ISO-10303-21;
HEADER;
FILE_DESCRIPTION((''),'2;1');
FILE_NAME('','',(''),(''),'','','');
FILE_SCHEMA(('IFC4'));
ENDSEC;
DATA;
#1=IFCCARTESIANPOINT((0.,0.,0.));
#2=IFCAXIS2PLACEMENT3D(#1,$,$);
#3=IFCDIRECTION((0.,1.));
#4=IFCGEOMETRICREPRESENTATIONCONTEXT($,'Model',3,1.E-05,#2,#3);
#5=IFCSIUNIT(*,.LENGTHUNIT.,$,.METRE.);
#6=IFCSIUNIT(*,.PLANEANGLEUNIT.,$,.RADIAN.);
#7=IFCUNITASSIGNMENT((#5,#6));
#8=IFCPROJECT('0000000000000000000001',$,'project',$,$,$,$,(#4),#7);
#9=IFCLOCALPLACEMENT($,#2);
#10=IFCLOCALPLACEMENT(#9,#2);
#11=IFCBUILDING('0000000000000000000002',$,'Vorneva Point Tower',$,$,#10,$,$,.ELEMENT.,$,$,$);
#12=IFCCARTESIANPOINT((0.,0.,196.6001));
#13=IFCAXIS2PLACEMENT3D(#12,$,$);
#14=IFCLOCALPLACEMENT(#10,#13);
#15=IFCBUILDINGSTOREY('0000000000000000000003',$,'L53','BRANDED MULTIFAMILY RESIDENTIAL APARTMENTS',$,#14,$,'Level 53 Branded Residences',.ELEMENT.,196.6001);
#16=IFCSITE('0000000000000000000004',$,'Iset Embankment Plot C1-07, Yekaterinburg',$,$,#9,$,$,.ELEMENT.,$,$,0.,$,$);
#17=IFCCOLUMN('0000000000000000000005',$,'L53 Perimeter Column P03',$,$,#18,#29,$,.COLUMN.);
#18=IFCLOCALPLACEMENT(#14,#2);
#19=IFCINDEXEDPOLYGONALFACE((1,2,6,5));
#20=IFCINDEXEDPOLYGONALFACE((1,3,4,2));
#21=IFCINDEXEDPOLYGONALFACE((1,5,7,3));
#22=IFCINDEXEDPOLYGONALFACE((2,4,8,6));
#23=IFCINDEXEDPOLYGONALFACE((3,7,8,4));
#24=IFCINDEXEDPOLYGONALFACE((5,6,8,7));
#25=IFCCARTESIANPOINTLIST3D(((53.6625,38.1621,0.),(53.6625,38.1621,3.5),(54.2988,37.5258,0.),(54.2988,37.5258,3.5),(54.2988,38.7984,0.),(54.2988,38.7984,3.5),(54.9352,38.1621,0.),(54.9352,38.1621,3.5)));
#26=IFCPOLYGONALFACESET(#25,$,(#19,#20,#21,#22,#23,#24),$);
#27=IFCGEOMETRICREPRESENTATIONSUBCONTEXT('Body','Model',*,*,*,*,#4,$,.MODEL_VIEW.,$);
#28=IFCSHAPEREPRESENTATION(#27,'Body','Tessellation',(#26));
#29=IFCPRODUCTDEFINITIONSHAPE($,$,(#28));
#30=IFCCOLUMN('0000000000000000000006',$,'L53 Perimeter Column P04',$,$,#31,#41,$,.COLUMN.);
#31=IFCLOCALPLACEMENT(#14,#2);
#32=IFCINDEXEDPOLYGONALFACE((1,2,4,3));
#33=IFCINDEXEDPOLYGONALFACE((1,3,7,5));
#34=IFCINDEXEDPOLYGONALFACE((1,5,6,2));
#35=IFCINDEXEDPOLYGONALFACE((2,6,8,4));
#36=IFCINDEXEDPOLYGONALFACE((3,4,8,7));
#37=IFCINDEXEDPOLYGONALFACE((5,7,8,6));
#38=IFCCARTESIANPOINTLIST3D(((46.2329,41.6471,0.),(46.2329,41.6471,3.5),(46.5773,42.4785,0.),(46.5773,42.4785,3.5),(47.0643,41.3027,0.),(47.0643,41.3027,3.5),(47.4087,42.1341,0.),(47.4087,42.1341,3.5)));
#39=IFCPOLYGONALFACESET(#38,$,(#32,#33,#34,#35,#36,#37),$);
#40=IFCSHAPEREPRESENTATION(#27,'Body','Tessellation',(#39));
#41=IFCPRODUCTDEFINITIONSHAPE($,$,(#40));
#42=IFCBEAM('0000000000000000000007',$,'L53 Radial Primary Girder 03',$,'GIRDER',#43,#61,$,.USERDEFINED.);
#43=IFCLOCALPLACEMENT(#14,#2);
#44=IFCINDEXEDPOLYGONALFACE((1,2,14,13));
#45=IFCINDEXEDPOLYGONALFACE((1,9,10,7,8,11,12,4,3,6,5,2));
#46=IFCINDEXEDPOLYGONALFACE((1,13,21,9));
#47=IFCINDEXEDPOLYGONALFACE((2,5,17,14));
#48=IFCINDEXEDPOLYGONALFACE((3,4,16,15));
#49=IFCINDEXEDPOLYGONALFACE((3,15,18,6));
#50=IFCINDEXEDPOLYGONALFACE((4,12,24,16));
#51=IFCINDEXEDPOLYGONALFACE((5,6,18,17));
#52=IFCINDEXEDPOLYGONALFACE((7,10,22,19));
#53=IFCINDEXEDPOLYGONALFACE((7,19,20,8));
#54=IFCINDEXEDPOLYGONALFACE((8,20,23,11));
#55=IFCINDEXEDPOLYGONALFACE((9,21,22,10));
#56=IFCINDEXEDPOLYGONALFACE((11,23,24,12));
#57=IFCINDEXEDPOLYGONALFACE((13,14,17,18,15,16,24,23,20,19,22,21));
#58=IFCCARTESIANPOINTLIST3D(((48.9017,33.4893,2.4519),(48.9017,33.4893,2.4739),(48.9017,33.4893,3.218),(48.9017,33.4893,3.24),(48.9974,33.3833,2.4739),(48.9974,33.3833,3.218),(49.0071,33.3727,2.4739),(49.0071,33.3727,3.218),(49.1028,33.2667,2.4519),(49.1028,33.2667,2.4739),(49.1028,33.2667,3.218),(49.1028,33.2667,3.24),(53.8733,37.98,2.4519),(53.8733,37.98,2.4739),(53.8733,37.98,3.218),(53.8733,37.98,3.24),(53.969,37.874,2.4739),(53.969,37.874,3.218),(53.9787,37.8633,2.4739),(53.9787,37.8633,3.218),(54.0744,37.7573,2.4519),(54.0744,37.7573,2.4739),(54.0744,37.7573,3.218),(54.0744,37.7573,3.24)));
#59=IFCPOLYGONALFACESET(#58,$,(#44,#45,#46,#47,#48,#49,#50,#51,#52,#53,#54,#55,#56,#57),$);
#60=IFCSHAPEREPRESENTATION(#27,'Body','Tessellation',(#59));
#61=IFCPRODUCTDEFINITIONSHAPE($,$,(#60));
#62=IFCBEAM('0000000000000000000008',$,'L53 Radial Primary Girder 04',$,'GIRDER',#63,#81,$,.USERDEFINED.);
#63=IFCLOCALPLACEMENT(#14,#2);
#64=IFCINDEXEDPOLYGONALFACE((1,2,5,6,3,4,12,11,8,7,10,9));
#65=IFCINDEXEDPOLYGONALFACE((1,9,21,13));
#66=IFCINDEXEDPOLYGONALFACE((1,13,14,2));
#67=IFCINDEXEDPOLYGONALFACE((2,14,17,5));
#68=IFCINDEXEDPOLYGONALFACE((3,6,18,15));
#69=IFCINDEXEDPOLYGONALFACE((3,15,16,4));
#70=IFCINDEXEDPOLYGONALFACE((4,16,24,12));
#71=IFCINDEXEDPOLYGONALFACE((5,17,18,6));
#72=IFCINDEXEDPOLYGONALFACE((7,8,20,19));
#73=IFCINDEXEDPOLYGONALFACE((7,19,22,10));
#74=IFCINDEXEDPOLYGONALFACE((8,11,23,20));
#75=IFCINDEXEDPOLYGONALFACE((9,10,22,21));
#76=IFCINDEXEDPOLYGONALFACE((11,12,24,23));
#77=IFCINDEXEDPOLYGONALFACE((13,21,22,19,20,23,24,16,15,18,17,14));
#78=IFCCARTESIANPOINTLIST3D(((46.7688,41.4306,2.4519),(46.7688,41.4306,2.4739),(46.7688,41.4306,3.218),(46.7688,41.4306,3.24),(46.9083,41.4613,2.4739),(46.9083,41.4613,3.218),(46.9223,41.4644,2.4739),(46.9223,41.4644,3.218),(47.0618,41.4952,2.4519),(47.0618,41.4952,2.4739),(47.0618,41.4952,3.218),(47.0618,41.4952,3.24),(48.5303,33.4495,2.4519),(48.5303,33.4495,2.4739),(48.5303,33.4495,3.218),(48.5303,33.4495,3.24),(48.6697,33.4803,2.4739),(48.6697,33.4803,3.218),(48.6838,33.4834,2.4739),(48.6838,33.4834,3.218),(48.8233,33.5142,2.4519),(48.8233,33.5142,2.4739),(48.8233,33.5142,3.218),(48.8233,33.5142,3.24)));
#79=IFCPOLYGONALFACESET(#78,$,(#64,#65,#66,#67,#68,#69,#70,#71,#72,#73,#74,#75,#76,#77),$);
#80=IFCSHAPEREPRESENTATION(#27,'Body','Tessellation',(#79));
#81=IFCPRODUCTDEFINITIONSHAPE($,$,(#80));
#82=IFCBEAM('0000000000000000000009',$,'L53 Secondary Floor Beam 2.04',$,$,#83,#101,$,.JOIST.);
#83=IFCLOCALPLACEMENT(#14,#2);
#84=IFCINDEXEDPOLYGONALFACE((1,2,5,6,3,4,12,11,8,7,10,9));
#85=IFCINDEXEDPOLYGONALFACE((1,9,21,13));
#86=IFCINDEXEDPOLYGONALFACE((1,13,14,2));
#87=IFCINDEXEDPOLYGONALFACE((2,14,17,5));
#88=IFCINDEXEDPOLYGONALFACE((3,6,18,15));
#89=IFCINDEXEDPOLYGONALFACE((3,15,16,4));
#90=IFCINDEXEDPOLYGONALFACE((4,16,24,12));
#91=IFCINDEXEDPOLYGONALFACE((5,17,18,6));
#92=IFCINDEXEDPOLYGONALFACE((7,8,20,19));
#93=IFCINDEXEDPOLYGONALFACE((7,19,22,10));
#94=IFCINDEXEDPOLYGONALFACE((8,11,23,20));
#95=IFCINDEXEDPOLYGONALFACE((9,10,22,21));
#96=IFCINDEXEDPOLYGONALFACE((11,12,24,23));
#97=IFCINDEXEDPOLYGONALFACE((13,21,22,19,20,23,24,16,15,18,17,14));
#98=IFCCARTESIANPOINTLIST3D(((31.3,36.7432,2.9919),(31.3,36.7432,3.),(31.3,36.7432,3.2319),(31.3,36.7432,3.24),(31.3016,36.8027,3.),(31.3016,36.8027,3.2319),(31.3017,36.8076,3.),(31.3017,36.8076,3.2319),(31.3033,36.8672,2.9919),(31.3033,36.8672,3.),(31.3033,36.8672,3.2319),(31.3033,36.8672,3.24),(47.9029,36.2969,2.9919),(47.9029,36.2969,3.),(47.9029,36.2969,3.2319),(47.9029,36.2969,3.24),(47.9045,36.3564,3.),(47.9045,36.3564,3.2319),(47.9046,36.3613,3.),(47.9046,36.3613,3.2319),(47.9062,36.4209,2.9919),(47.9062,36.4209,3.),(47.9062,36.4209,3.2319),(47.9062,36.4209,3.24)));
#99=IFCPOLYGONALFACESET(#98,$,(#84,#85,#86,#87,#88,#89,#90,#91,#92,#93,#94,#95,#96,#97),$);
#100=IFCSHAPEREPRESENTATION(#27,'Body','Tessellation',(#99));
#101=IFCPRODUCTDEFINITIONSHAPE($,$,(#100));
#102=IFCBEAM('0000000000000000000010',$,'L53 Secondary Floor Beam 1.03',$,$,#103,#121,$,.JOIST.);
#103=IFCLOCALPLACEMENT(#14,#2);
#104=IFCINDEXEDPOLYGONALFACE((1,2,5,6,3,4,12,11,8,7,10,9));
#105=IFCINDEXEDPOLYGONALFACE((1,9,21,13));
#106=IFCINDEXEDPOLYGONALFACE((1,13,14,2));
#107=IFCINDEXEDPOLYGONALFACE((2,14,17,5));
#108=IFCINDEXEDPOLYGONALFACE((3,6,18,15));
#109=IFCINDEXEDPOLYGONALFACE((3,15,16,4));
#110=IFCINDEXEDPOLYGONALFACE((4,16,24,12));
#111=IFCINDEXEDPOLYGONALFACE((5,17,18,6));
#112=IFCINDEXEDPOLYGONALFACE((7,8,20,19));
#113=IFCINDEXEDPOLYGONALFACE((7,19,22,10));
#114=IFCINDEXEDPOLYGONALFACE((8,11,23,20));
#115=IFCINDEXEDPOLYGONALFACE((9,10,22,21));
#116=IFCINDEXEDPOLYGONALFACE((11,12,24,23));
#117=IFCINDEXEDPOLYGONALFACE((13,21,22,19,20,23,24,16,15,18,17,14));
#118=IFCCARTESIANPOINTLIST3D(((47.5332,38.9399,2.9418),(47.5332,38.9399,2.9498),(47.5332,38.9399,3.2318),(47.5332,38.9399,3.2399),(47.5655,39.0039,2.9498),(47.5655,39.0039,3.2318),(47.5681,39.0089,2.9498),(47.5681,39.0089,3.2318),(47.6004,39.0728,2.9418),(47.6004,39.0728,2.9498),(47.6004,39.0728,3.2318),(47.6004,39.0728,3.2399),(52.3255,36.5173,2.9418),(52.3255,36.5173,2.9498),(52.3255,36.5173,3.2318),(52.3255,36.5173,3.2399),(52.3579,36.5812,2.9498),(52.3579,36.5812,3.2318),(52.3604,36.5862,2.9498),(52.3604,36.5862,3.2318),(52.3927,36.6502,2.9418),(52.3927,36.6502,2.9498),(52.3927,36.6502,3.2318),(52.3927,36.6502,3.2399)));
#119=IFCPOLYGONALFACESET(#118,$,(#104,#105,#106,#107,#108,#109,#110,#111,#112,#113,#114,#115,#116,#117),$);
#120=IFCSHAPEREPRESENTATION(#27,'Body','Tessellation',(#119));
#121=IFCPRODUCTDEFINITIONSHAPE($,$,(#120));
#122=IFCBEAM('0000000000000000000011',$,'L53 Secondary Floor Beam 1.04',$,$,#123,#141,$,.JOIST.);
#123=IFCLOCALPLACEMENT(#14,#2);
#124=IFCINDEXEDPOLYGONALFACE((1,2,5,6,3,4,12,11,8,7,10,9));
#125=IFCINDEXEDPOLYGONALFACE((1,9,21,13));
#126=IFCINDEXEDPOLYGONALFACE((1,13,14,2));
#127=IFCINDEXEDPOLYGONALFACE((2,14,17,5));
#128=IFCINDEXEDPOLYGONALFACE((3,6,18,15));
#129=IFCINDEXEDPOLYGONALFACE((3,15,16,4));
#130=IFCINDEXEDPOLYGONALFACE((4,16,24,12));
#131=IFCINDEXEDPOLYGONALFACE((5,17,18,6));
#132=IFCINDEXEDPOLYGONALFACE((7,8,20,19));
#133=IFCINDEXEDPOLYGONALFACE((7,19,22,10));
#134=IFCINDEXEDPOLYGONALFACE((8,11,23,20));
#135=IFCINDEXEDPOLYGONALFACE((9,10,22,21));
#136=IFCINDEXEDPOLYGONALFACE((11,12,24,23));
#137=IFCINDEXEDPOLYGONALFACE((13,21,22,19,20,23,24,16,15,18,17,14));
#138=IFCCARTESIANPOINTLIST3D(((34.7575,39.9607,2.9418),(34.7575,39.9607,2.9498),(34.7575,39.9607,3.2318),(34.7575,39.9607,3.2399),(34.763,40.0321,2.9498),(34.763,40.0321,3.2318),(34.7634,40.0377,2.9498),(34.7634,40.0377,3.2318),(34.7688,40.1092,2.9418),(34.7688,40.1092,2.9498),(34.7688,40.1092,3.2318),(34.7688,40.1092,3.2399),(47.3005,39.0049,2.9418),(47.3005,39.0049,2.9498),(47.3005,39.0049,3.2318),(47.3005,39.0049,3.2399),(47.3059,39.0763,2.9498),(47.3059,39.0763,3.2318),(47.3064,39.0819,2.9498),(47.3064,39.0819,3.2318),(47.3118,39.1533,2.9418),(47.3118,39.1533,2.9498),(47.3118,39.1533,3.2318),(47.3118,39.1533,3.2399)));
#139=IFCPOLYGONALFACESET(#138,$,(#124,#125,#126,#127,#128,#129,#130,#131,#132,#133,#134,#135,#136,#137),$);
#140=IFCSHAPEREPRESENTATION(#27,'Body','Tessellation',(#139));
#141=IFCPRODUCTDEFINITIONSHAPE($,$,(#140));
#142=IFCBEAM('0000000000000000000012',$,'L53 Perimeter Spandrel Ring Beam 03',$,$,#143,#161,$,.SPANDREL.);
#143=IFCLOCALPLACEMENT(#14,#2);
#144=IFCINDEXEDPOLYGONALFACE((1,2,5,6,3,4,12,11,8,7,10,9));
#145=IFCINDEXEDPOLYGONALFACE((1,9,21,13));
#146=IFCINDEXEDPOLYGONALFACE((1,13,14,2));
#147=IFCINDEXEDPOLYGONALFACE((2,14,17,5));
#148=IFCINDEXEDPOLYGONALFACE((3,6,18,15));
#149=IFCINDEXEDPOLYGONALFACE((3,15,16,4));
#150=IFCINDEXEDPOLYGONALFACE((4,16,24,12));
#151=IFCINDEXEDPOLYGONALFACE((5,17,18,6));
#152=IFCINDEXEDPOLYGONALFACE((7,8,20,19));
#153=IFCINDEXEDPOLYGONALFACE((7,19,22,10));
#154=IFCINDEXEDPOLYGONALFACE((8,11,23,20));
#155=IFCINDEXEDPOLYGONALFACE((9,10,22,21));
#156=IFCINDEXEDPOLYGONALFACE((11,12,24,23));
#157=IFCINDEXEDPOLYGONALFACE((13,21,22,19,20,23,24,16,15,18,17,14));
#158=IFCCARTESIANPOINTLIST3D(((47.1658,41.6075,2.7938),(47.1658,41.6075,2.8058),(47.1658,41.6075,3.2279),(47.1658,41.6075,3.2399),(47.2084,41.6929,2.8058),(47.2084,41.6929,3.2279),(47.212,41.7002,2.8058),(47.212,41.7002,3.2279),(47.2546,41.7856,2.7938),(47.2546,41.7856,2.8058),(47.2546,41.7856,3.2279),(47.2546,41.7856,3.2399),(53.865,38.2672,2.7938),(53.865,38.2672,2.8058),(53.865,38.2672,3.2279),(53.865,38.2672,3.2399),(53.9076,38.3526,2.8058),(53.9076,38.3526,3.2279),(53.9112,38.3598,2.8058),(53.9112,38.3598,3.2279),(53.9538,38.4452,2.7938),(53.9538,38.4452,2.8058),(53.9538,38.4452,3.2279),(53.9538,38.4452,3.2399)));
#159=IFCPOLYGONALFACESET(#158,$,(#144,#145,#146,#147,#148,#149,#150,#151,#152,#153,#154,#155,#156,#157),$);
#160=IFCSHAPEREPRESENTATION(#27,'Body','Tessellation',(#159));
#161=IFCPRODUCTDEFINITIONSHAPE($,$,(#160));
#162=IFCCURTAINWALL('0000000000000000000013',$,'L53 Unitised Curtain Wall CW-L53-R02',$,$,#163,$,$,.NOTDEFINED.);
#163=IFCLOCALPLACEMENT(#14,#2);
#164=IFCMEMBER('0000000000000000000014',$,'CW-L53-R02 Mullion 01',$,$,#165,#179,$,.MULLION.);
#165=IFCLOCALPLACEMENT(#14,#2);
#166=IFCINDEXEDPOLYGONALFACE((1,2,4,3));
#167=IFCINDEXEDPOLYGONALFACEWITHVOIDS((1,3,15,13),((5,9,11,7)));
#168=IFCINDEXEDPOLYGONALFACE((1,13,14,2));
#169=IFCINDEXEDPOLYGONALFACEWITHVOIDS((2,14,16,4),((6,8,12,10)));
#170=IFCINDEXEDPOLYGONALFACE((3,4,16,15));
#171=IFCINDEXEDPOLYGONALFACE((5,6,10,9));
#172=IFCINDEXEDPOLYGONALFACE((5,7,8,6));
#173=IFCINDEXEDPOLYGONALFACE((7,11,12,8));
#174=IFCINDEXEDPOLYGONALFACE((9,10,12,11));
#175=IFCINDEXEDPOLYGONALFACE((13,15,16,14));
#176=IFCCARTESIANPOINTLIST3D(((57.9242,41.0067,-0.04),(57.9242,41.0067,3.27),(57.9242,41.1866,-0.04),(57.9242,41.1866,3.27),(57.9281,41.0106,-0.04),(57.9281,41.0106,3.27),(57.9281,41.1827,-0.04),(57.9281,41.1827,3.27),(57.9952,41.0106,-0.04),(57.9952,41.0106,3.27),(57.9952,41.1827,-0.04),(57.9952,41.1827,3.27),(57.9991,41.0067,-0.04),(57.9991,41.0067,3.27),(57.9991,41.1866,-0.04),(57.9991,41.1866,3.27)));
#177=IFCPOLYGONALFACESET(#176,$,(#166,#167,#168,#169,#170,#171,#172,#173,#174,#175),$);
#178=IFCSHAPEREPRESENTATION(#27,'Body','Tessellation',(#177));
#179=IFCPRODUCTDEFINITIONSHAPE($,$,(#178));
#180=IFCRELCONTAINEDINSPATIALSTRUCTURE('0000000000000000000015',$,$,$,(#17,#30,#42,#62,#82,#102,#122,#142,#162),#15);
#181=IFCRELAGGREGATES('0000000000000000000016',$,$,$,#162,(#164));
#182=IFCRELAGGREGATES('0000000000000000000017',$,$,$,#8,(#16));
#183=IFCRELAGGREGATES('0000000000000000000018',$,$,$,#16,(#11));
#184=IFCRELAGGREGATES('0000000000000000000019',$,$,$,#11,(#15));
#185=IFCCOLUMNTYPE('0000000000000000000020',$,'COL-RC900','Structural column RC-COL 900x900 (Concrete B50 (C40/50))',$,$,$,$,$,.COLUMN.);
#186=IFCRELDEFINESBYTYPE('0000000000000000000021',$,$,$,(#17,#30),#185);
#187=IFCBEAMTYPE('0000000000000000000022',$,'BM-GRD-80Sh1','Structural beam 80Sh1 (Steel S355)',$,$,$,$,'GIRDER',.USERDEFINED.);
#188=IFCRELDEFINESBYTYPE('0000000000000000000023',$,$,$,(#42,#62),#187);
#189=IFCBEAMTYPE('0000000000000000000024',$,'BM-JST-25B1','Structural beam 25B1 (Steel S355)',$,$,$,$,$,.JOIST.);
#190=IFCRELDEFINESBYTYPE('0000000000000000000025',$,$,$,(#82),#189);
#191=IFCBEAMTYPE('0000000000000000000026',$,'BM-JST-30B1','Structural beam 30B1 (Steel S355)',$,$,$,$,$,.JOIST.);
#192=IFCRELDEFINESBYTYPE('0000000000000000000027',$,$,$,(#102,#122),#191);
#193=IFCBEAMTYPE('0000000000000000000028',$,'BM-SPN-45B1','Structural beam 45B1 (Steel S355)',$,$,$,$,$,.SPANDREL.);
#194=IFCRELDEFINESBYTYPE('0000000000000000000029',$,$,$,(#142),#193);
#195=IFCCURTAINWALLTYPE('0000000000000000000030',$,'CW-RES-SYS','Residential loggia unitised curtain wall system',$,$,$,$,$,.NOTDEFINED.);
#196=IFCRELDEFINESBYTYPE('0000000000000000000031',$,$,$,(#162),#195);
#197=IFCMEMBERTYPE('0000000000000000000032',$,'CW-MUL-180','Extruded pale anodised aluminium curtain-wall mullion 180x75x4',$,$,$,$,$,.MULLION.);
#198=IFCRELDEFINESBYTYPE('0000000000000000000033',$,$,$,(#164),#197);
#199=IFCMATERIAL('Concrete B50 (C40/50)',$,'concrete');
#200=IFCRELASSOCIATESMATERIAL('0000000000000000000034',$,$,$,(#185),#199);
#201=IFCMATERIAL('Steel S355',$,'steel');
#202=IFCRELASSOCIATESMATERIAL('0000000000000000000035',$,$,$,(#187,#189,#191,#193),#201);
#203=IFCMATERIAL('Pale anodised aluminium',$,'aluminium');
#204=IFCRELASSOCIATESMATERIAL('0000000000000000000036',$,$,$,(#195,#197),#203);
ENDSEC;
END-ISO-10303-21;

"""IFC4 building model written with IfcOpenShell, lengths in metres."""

from ifc_helpers import new_model, si_unit, direction, frame, origin, origin_2d, place, context, subcontext, project, spatial, rectangle, hollow_rectangle, i_section, extrude, material, material_profile, profile_set, type_object, element, aggregate, save


model = new_model("IFC4")

# Units and contexts
model_context = context("Model", 3, precision=1e-05, world=origin(), true_north=direction((0.0, 1.0)))
body_context = subcontext(model_context, "Body", "Model", "MODEL_VIEW")
ifc_project = project(units=[si_unit("LENGTHUNIT", "METRE"), si_unit("PLANEANGLEUNIT", "RADIAN")], contexts=[model_context])

# Site, building, storey
site_placement = place(None, origin())
site = spatial("IfcSite", under=ifc_project, at=site_placement, Name="Iset Embankment Plot C1-07, Yekaterinburg", CompositionType="ELEMENT", RefElevation=0.0)
building_placement = place(site_placement, origin())
building = spatial("IfcBuilding", under=site, at=building_placement, Name="Vorneva Point Tower", CompositionType="ELEMENT")
storey_placement = place(building_placement, frame((0.0, 0.0, 196.6001)))
storey = spatial("IfcBuildingStorey", under=building, at=storey_placement, Name="L53", Description="BRANDED MULTIFAMILY RESIDENTIAL APARTMENTS", LongName="Level 53 Branded Residences", CompositionType="ELEMENT", Elevation=196.6001)

# Columns
ifc_material_1 = material(Name="Concrete B50 (C40/50)", Category="concrete")
ifc_material_profile_1 = material_profile(ifc_material_1, rectangle(XDim=0.8999, YDim=0.8999, at=origin_2d()), Name="RC-COL 900x900")
ifc_profile_set_1 = profile_set([ifc_material_profile_1], Name="Concrete B50 (C40/50)")
column_type = type_object("IfcColumnType", Name="COL-RC900", Description="Structural column RC-COL 900x900 (Concrete B50 (C40/50))", PredefinedType="COLUMN", material=ifc_profile_set_1)
for number, where, z_axis, x_axis, name in (
    (1, (54.2988, 38.1621, 0.0), (0.0, 0.0, 1.0), (0.707107, 0.707107, 0.0), "L53 Perimeter Column P03"),
    (2, (46.8208, 41.8906, 0.0), (0.0, 0.0, 1.0), (0.382683, 0.92388, 0.0), "L53 Perimeter Column P04"),
):
    element("IfcColumn", number, at=place(storey_placement, frame(where, z_axis=z_axis, x_axis=x_axis)), inside=storey, type_object=column_type, Name=name, PredefinedType="COLUMN", context=body_context, shape_type="SweptSolid", body=[
        extrude(rectangle(XDim=0.8999, YDim=0.8999, at=origin_2d()), origin(), (0.0, 0.0, 1.0), 3.5),
    ])

# Beams
ifc_material_2 = material(Name="Steel S355", Category="steel")
ifc_material_profile_2 = material_profile(ifc_material_2, i_section(OverallWidth=0.3, OverallDepth=0.7881, WebThickness=0.0144, FlangeThickness=0.022, at=origin_2d()), Name="80Sh1")
ifc_profile_set_2 = profile_set([ifc_material_profile_2], Name="Steel S355")
beam_type_1 = type_object("IfcBeamType", Name="BM-GRD-80Sh1", Description="Structural beam 80Sh1 (Steel S355)", ElementType="GIRDER", PredefinedType="USERDEFINED", material=ifc_profile_set_2)
beam_1_placement = place(storey_placement, frame((53.9739, 37.8687, 2.8459), z_axis=(-0.74209, -0.670301, 0.0), x_axis=(0.670301, -0.74209, 0.0)))
element("IfcBeam", 3, at=beam_1_placement, inside=storey, type_object=beam_type_1, Name="L53 Radial Primary Girder 03", ObjectType="GIRDER", PredefinedType="USERDEFINED", context=body_context, shape_type="SweptSolid", body=[
    extrude(i_section(OverallWidth=0.3, OverallDepth=0.7881, WebThickness=0.0144, FlangeThickness=0.022, at=origin_2d()), origin(), (0.0, 0.0, 1.0), 6.6995),
])
beam_2_placement = place(storey_placement, frame((46.9153, 41.4629, 2.8459), z_axis=(0.215523, -0.976499, 0.0), x_axis=(0.976499, 0.215523, 0.0)))
element("IfcBeam", 4, at=beam_2_placement, inside=storey, type_object=beam_type_1, Name="L53 Radial Primary Girder 04", ObjectType="GIRDER", PredefinedType="USERDEFINED", context=body_context, shape_type="SweptSolid", body=[
    extrude(i_section(OverallWidth=0.3, OverallDepth=0.7881, WebThickness=0.0144, FlangeThickness=0.022, at=origin_2d()), origin(), (0.0, 0.0, 1.0), 8.1731),
])
ifc_material_profile_3 = material_profile(ifc_material_2, i_section(OverallWidth=0.124, OverallDepth=0.248, WebThickness=0.0049, FlangeThickness=0.0081, at=origin_2d()), Name="25B1")
ifc_profile_set_3 = profile_set([ifc_material_profile_3], Name="Steel S355")
beam_type_2 = type_object("IfcBeamType", Name="BM-JST-25B1", Description="Structural beam 25B1 (Steel S355)", PredefinedType="JOIST", material=ifc_profile_set_3)
beam_3_placement = place(storey_placement, frame((47.9045, 36.3589, 3.116), z_axis=(-0.999639, 0.026871, 0.0), x_axis=(-0.026871, -0.999639, 0.0)))
element("IfcBeam", 5, at=beam_3_placement, inside=storey, type_object=beam_type_2, Name="L53 Secondary Floor Beam 2.04", PredefinedType="JOIST", context=body_context, shape_type="SweptSolid", body=[
    extrude(i_section(OverallWidth=0.124, OverallDepth=0.248, WebThickness=0.0049, FlangeThickness=0.0081, at=origin_2d()), origin(), (0.0, 0.0, 1.0), 16.6089),
])
ifc_material_profile_4 = material_profile(ifc_material_2, i_section(OverallWidth=0.1489, OverallDepth=0.2981, WebThickness=0.0056, FlangeThickness=0.0081, at=origin_2d()), Name="30B1")
ifc_profile_set_4 = profile_set([ifc_material_profile_4], Name="Steel S355")
beam_type_3 = type_object("IfcBeamType", Name="BM-JST-30B1", Description="Structural beam 30B1 (Steel S355)", PredefinedType="JOIST", material=ifc_profile_set_4)
beam_4_placement = place(storey_placement, frame((52.3591, 36.5837, 3.0908), z_axis=(-0.892445, 0.451156, 0.0), x_axis=(-0.451156, -0.892445, 0.0)))
element("IfcBeam", 6, at=beam_4_placement, inside=storey, type_object=beam_type_3, Name="L53 Secondary Floor Beam 1.03", PredefinedType="JOIST", context=body_context, shape_type="SweptSolid", body=[
    extrude(i_section(OverallWidth=0.1489, OverallDepth=0.2981, WebThickness=0.0056, FlangeThickness=0.0081, at=origin_2d()), origin(), (0.0, 0.0, 1.0), 5.3699),
])
beam_5_placement = place(storey_placement, frame((47.3062, 39.0791, 3.0908), z_axis=(-0.997109, 0.075983, 0.0), x_axis=(-0.075983, -0.997109, 0.0)))
element("IfcBeam", 7, at=beam_5_placement, inside=storey, type_object=beam_type_3, Name="L53 Secondary Floor Beam 1.04", PredefinedType="JOIST", context=body_context, shape_type="SweptSolid", body=[
    extrude(i_section(OverallWidth=0.1489, OverallDepth=0.2981, WebThickness=0.0056, FlangeThickness=0.0081, at=origin_2d()), origin(), (0.0, 0.0, 1.0), 12.5793),
])
ifc_material_profile_5 = material_profile(ifc_material_2, i_section(OverallWidth=0.199, OverallDepth=0.446, WebThickness=0.0081, FlangeThickness=0.012, at=origin_2d()), Name="45B1")
ifc_profile_set_5 = profile_set([ifc_material_profile_5], Name="Steel S355")
beam_type_4 = type_object("IfcBeamType", Name="BM-SPN-45B1", Description="Structural beam 45B1 (Steel S355)", PredefinedType="SPANDREL", material=ifc_profile_set_5)
beam_6_placement = place(storey_placement, frame((53.9094, 38.3562, 3.0168), z_axis=(-0.894922, 0.446222, 0.0), x_axis=(-0.446222, -0.894922, 0.0)))
element("IfcBeam", 8, at=beam_6_placement, inside=storey, type_object=beam_type_4, Name="L53 Perimeter Spandrel Ring Beam 03", PredefinedType="SPANDREL", context=body_context, shape_type="SweptSolid", body=[
    extrude(i_section(OverallWidth=0.199, OverallDepth=0.446, WebThickness=0.0081, FlangeThickness=0.012, at=origin_2d()), origin(), (0.0, 0.0, 1.0), 7.4858),
])

# Curtain wall, member
ifc_material_3 = material(Name="Pale anodised aluminium", Category="aluminium")
curtain_wall_type = type_object("IfcCurtainWallType", Name="CW-RES-SYS", Description="Residential loggia unitised curtain wall system", PredefinedType="NOTDEFINED", material=ifc_material_3)
curtain_wall_placement = place(storey_placement, origin())
curtain_wall = element("IfcCurtainWall", 9, at=curtain_wall_placement, inside=storey, type_object=curtain_wall_type, Name="L53 Unitised Curtain Wall CW-L53-R02", PredefinedType="NOTDEFINED")
ifc_material_profile_6 = material_profile(ifc_material_3, hollow_rectangle(XDim=0.075, YDim=0.1799, WallThickness=0.0039, at=origin_2d()), Name="AL-MUL 180x75x4")
ifc_profile_set_6 = profile_set([ifc_material_profile_6], Name="Pale anodised aluminium")
member_type_1 = type_object("IfcMemberType", Name="CW-MUL-180", Description="Extruded pale anodised aluminium curtain-wall mullion 180x75x4", PredefinedType="MULLION", material=ifc_profile_set_6)
member_1_placement = place(storey_placement, frame((57.9617, 41.0967, -0.04), z_axis=(0.0, 0.0, 1.0), x_axis=(1.0, 0.0, 0.0)))
member_1 = element("IfcMember", 10, at=member_1_placement, type_object=member_type_1, Name="CW-L53-R02 Mullion 01", PredefinedType="MULLION", context=body_context, shape_type="SweptSolid", body=[
    extrude(hollow_rectangle(XDim=0.075, YDim=0.1799, WallThickness=0.0039, at=origin_2d()), origin(), (0.0, 0.0, 1.0), 3.3101),
])
aggregate(curtain_wall, [member_1])

save(model, "model.ifc")
